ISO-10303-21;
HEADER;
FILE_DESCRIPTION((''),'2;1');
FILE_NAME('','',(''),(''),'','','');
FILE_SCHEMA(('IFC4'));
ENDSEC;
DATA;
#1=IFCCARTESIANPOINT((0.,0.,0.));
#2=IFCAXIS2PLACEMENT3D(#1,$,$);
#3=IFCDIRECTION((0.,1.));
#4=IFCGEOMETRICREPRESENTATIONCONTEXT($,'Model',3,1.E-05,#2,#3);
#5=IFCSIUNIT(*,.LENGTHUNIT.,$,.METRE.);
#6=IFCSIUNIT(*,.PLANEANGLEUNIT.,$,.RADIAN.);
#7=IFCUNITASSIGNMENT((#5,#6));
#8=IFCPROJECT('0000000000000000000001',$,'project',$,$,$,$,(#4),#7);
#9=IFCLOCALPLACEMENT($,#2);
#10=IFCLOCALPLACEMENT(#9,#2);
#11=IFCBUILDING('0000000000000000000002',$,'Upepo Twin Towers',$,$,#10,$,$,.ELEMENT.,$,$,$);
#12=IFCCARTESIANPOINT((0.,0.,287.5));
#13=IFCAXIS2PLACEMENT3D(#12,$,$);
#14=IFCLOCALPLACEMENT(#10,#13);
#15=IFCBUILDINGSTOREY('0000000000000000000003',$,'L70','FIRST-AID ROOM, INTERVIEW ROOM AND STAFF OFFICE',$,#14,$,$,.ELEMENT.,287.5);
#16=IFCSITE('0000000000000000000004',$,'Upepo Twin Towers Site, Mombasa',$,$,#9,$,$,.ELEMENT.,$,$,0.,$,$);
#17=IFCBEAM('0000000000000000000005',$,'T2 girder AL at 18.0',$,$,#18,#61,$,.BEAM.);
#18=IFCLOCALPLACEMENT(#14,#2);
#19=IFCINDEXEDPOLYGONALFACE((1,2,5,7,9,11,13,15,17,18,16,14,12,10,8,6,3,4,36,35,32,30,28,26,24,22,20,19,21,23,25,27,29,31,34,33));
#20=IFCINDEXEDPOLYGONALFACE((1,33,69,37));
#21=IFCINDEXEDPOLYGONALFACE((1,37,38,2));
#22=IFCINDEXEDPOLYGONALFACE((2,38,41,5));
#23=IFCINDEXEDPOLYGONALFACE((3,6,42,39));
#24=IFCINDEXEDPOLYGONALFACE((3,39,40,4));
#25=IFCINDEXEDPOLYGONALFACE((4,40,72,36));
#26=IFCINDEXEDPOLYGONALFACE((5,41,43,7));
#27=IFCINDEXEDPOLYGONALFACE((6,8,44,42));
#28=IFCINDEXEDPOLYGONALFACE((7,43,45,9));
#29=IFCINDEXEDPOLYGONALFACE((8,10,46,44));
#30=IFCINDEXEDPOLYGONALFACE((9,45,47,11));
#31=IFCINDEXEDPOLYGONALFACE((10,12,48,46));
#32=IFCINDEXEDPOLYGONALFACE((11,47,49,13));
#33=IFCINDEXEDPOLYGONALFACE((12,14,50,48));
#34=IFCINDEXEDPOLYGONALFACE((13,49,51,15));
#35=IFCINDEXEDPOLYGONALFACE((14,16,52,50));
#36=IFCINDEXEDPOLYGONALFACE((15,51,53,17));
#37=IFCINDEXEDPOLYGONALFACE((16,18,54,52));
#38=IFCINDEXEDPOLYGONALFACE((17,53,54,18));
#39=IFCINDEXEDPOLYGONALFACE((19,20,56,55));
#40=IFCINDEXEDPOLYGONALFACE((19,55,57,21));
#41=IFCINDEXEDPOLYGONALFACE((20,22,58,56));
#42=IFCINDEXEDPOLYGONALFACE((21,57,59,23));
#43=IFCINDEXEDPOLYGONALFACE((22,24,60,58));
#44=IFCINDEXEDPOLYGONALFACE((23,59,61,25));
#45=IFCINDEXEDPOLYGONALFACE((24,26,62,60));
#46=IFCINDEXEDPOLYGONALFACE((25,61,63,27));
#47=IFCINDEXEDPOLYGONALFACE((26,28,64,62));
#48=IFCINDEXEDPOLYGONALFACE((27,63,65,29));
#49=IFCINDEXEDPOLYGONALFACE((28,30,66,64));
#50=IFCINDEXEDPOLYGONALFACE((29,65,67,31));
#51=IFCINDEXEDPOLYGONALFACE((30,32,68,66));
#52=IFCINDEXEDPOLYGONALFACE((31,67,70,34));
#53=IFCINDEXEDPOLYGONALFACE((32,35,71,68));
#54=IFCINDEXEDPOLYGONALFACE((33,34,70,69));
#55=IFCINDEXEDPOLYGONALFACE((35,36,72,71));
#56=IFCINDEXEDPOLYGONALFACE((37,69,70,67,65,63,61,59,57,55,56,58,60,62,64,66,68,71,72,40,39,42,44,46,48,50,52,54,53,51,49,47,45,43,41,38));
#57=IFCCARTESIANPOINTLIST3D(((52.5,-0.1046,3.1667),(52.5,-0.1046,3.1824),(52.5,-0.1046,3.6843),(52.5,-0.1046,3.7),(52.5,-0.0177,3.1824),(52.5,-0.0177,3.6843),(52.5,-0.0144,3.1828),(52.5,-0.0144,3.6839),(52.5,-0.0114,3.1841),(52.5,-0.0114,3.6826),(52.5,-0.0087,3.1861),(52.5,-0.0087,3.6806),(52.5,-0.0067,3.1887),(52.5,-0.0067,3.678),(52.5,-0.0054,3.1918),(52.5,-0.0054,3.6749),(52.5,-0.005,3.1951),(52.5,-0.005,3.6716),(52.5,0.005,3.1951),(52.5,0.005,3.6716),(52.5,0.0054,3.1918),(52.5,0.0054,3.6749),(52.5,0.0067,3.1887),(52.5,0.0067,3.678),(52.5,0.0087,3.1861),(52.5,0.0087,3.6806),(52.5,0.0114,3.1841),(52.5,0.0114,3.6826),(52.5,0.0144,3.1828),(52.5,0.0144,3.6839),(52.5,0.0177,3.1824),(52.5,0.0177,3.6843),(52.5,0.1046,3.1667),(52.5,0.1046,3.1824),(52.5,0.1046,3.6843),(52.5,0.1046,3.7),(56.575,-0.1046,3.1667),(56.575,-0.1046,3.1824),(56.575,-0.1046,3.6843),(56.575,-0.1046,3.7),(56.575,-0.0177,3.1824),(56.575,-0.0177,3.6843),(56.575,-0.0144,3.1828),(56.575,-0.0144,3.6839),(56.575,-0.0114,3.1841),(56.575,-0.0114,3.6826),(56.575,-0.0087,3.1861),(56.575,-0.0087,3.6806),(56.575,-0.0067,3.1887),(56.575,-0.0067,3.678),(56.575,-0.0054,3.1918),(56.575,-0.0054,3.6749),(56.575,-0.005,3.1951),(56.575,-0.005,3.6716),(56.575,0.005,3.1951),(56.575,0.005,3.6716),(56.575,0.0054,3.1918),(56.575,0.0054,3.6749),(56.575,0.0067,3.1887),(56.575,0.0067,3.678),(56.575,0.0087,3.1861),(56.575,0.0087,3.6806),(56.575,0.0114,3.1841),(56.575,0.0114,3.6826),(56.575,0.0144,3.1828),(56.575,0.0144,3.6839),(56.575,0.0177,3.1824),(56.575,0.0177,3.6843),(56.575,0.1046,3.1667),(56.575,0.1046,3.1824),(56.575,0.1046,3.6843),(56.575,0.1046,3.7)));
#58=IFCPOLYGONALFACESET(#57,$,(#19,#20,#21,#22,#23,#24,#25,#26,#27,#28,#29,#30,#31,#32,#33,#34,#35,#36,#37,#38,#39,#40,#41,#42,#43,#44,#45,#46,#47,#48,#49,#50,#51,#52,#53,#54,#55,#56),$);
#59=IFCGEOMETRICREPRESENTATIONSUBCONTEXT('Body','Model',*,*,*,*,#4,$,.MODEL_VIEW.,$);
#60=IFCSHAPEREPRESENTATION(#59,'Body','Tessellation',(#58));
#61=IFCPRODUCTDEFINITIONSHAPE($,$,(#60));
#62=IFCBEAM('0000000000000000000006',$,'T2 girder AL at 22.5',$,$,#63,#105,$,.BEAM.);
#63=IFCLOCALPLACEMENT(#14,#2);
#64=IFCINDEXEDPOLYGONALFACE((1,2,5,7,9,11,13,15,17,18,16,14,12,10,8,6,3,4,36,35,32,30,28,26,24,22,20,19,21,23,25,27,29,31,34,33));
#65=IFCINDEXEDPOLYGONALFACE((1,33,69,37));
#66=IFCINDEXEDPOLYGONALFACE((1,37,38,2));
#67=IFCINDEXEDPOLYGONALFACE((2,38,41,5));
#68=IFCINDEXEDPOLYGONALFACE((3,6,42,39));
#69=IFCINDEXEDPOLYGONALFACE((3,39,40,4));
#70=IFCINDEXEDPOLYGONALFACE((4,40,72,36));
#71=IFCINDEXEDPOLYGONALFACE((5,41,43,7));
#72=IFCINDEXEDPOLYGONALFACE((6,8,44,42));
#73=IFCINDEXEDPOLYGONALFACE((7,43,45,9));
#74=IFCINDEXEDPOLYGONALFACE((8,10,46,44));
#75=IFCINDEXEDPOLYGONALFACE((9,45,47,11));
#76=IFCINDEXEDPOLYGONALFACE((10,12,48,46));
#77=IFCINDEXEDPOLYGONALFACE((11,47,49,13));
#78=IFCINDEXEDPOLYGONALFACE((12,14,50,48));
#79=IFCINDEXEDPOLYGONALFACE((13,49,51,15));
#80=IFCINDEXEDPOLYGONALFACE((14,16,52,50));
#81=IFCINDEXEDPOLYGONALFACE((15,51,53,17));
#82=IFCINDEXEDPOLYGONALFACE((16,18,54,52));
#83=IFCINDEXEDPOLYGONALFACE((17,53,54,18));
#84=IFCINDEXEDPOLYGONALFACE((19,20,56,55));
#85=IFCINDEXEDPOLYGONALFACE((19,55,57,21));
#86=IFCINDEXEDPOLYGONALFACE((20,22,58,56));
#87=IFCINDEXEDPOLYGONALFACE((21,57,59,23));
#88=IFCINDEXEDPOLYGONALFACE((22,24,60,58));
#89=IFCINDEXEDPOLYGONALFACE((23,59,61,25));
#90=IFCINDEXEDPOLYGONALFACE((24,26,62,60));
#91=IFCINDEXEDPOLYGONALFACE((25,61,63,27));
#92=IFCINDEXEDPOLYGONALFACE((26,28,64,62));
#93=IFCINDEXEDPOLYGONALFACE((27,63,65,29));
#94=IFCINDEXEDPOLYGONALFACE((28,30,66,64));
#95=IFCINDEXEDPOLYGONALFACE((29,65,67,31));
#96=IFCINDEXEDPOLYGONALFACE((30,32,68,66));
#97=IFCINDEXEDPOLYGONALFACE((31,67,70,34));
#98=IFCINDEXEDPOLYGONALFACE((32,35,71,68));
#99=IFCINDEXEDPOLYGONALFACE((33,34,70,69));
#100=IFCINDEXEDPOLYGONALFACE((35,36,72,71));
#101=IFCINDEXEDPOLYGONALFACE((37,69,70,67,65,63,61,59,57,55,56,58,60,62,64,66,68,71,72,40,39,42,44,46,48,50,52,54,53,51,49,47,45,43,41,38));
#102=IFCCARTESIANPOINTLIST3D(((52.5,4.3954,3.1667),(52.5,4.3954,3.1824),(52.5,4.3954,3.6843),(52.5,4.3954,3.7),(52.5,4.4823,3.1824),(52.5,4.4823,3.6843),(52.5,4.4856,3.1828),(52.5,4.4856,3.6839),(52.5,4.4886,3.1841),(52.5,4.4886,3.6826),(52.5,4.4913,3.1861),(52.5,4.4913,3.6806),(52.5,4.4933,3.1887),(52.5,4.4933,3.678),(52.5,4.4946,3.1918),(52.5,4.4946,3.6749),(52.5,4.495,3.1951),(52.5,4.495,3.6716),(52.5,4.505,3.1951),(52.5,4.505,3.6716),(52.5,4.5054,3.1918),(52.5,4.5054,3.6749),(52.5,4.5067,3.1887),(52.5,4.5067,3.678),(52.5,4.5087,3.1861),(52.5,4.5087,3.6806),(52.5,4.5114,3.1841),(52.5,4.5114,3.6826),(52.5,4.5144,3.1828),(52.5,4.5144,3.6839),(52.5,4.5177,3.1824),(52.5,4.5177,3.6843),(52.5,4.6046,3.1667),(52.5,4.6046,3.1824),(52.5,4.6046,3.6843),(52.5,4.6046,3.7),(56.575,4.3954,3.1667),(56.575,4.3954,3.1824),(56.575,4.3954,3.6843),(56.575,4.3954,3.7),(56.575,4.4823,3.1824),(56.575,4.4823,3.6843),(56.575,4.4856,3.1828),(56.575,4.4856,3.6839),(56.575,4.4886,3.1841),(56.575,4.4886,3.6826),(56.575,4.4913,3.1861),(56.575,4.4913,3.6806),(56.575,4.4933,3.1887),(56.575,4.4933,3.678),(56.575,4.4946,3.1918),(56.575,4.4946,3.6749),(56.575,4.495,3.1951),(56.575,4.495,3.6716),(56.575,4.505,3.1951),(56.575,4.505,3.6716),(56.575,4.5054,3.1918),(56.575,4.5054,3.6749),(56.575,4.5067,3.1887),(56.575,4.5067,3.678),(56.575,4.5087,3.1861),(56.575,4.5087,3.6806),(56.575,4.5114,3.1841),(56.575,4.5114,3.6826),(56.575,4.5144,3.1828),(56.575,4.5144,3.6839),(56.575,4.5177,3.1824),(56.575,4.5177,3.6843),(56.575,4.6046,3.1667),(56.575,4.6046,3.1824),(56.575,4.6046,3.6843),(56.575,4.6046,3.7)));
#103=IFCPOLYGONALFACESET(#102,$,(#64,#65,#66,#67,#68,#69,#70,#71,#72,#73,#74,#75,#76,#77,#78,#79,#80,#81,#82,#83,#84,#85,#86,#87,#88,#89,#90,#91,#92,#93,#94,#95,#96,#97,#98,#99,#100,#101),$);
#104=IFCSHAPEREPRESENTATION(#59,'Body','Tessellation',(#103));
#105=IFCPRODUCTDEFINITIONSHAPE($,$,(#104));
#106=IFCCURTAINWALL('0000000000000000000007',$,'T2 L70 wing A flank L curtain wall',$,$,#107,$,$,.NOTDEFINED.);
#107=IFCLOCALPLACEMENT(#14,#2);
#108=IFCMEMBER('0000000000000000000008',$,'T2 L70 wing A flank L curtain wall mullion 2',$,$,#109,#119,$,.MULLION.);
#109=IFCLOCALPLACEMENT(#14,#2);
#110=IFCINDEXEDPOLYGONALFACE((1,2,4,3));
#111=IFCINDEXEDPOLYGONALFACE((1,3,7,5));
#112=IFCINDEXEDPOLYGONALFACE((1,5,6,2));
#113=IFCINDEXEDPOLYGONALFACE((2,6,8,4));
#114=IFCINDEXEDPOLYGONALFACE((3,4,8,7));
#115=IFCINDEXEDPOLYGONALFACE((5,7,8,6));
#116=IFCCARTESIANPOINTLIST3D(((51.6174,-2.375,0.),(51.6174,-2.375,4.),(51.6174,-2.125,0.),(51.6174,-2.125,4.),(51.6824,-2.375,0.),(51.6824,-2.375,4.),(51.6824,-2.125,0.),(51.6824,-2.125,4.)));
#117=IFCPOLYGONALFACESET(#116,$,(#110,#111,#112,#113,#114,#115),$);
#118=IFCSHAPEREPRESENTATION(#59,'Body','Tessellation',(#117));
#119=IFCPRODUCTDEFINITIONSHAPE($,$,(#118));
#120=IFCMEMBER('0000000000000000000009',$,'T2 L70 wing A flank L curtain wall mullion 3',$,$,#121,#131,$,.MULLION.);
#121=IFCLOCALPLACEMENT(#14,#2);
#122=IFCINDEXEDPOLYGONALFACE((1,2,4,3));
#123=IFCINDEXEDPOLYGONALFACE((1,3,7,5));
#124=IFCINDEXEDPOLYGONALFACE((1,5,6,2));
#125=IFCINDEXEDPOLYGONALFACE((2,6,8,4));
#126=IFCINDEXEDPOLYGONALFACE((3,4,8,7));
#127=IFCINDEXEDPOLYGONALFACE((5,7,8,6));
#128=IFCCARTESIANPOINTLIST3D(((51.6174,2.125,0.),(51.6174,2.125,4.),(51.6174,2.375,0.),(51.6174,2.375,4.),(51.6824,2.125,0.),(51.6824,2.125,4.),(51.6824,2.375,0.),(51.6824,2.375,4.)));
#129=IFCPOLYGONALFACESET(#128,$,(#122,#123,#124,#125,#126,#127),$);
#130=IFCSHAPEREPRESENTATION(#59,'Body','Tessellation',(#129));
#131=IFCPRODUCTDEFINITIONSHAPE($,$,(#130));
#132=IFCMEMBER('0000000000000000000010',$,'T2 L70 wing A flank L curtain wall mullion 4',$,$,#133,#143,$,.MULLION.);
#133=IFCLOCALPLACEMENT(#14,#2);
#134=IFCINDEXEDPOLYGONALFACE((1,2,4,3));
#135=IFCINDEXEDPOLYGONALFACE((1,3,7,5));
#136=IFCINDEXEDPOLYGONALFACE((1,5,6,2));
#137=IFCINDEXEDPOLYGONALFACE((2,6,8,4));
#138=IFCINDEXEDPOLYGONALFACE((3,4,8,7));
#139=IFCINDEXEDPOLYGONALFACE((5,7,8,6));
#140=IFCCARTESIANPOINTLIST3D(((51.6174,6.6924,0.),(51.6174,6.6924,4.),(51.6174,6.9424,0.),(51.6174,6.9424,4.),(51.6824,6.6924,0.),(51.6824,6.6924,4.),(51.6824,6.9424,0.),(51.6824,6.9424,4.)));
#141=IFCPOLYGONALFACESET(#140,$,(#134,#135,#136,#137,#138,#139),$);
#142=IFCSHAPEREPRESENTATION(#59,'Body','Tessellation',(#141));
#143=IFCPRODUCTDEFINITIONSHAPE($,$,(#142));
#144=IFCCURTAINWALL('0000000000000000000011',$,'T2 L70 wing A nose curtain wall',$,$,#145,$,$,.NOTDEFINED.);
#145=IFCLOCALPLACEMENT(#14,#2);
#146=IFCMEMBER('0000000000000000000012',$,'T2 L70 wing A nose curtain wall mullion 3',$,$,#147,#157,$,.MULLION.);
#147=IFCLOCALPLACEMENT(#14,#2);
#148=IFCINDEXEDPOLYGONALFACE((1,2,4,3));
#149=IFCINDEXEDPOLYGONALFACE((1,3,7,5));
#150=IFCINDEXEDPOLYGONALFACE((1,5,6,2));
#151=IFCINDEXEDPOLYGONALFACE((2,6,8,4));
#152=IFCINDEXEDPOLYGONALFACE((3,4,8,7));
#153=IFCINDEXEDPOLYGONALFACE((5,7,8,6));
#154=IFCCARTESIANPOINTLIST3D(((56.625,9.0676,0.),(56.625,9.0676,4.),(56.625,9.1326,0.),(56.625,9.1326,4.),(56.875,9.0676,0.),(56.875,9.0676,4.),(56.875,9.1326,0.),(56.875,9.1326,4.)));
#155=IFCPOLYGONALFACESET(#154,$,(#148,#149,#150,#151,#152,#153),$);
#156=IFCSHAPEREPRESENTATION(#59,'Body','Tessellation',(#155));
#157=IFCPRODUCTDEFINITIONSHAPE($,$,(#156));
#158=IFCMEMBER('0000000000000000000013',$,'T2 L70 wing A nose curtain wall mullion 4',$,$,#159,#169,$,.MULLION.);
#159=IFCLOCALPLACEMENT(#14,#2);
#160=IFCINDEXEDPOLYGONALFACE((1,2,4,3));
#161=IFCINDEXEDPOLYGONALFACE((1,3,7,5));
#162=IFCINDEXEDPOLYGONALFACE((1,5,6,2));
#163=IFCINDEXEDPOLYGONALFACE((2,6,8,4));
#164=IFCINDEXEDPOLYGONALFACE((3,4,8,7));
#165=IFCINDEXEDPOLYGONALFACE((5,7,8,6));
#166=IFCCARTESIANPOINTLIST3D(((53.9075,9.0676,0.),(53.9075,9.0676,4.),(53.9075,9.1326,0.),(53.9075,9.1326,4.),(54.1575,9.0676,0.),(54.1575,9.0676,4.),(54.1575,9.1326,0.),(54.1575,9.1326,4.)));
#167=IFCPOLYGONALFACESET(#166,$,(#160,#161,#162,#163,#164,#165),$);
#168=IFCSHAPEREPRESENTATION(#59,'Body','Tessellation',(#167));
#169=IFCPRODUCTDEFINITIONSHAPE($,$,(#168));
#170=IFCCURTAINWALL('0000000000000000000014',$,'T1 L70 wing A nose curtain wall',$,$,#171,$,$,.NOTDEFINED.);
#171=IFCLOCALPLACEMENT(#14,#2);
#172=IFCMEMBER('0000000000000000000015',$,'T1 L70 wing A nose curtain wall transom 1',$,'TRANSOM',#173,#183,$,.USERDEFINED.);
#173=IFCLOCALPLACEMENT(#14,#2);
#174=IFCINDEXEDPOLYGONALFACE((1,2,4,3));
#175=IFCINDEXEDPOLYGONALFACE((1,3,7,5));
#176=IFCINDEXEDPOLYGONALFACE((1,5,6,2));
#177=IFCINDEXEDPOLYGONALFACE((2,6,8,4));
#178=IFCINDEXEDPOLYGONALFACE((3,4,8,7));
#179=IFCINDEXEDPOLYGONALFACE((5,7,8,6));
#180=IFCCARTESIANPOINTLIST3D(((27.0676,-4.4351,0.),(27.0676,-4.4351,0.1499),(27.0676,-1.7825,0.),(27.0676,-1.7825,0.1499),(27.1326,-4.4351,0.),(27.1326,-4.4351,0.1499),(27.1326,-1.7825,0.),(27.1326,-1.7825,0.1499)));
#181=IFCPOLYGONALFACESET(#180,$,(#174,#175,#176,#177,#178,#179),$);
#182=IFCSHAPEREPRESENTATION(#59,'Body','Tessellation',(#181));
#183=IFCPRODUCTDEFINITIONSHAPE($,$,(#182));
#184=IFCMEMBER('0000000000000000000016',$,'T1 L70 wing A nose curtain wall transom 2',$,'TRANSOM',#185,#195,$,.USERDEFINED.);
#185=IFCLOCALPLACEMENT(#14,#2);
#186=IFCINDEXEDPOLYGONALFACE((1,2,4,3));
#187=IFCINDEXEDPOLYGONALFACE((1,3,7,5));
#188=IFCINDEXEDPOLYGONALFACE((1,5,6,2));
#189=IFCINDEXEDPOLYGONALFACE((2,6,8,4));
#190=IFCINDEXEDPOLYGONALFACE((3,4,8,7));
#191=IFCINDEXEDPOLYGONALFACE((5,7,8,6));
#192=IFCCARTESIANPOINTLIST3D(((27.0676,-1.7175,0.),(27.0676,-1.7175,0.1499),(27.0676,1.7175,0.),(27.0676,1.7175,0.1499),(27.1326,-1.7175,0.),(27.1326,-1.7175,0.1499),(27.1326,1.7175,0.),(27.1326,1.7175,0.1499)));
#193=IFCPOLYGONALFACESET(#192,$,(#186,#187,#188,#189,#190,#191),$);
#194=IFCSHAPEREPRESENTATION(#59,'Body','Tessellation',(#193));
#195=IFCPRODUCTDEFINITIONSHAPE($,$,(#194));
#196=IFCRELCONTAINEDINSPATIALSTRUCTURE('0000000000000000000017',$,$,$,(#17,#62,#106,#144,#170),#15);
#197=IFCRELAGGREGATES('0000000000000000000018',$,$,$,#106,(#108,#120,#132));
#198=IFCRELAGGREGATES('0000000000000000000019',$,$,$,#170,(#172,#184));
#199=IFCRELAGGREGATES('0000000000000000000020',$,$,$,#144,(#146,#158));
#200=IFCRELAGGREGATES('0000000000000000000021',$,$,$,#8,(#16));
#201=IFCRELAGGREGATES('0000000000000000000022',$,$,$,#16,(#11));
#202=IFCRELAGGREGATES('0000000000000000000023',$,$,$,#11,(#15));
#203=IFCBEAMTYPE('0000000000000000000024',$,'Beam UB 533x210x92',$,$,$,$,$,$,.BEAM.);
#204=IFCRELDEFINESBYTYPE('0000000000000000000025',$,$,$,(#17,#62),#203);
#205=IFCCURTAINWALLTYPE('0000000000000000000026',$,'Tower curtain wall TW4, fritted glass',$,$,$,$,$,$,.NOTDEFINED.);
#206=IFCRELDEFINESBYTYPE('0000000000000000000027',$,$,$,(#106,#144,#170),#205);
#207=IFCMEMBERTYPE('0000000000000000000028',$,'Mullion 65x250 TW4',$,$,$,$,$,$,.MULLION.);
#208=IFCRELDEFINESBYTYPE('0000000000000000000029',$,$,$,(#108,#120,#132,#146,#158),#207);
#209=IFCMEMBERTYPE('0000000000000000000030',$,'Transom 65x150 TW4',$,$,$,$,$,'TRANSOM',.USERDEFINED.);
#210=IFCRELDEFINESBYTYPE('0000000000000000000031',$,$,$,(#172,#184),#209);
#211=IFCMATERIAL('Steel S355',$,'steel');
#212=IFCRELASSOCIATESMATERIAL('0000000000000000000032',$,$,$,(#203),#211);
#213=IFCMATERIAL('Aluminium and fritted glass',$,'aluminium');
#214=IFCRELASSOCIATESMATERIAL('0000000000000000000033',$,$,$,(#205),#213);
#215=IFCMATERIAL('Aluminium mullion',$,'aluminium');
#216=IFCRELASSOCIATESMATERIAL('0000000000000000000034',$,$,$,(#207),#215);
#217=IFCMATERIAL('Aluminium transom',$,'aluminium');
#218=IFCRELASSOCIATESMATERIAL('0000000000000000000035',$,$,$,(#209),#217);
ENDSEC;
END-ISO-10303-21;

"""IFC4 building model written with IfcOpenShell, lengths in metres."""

from ifc_helpers import new_model, si_unit, direction, frame, origin, origin_2d, place, context, subcontext, project, spatial, rectangle, i_section, extrude, material, material_profile, profile_set, type_object, element, aggregate, save


model = new_model("IFC4")

# Units and contexts
model_context = context("Model", 3, precision=1e-05, world=origin(), true_north=direction((0.0, 1.0)))
body_context = subcontext(model_context, "Body", "Model", "MODEL_VIEW")
ifc_project = project(units=[si_unit("LENGTHUNIT", "METRE"), si_unit("PLANEANGLEUNIT", "RADIAN")], contexts=[model_context])

# Site, building, storey
site_placement = place(None, origin())
site = spatial("IfcSite", under=ifc_project, at=site_placement, Name="Upepo Twin Towers Site, Mombasa", CompositionType="ELEMENT", RefElevation=0.0)
building_placement = place(site_placement, origin())
building = spatial("IfcBuilding", under=site, at=building_placement, Name="Upepo Twin Towers", CompositionType="ELEMENT")
storey_placement = place(building_placement, frame((0.0, 0.0, 287.5)))
storey = spatial("IfcBuildingStorey", under=building, at=storey_placement, Name="L70", Description="FIRST-AID ROOM, INTERVIEW ROOM AND STAFF OFFICE", CompositionType="ELEMENT", Elevation=287.5)

# Beams
ifc_material_1 = material(Name="Steel S355", Category="steel")
ifc_material_profile_1 = material_profile(ifc_material_1, i_section(OverallWidth=0.2092, OverallDepth=0.5332, WebThickness=0.01, FlangeThickness=0.0156, FilletRadius=0.0127, at=origin_2d()), Name="UB 533x210x92")
ifc_profile_set_1 = profile_set([ifc_material_profile_1], Name="Steel S355")
beam_type_1 = type_object("IfcBeamType", Name="Beam UB 533x210x92", PredefinedType="BEAM", material=ifc_profile_set_1)
for number, where, z_axis, x_axis, name in (
    (1, (52.5, 0.0, 3.4333), (1.0, 0.0, 0.0), (0.0, 1.0, 0.0), "T2 girder AL at 18.0"),
    (2, (52.5, 4.5, 3.4333), (1.0, 0.0, 0.0), (0.0, 1.0, 0.0), "T2 girder AL at 22.5"),
):
    element("IfcBeam", number, at=place(storey_placement, frame(where, z_axis=z_axis, x_axis=x_axis)), inside=storey, type_object=beam_type_1, Name=name, PredefinedType="BEAM", context=body_context, shape_type="SweptSolid", body=[
        extrude(i_section(OverallWidth=0.2092, OverallDepth=0.5332, WebThickness=0.01, FlangeThickness=0.0156, FilletRadius=0.0127, at=origin_2d()), origin(), (0.0, 0.0, 1.0), 4.075),
    ])

# Curtain walls, members
ifc_material_2 = material(Name="Aluminium and fritted glass", Category="aluminium")
curtain_wall_type = type_object("IfcCurtainWallType", Name="Tower curtain wall TW4, fritted glass", PredefinedType="NOTDEFINED", material=ifc_material_2)
curtain_wall_1_placement = place(storey_placement, origin())
curtain_wall_1 = element("IfcCurtainWall", 3, at=curtain_wall_1_placement, inside=storey, type_object=curtain_wall_type, Name="T2 L70 wing A flank L curtain wall", PredefinedType="NOTDEFINED")
ifc_material_3 = material(Name="Aluminium mullion", Category="aluminium")
ifc_material_profile_2 = material_profile(ifc_material_3, rectangle(XDim=0.0649, YDim=0.25, at=origin_2d()), Name="MULLION 65x250")
ifc_profile_set_2 = profile_set([ifc_material_profile_2], Name="Aluminium mullion")
member_type_1 = type_object("IfcMemberType", Name="Mullion 65x250 TW4", PredefinedType="MULLION", material=ifc_profile_set_2)
member_1_placement = place(storey_placement, frame((51.6499, -2.25, 0.0), z_axis=(0.0, 0.0, 1.0), x_axis=(-1.0, 0.0, 0.0)))
member_1 = element("IfcMember", 4, at=member_1_placement, type_object=member_type_1, Name="T2 L70 wing A flank L curtain wall mullion 2", PredefinedType="MULLION", context=body_context, shape_type="SweptSolid", body=[
    extrude(rectangle(XDim=0.0649, YDim=0.25, at=origin_2d()), origin(), (0.0, 0.0, 1.0), 4.0),
])
member_2_placement = place(storey_placement, frame((51.6499, 2.25, 0.0), z_axis=(0.0, 0.0, 1.0), x_axis=(-1.0, 0.0, 0.0)))
member_2 = element("IfcMember", 5, at=member_2_placement, type_object=member_type_1, Name="T2 L70 wing A flank L curtain wall mullion 3", PredefinedType="MULLION", context=body_context, shape_type="SweptSolid", body=[
    extrude(rectangle(XDim=0.0649, YDim=0.25, at=origin_2d()), origin(), (0.0, 0.0, 1.0), 4.0),
])
member_3_placement = place(storey_placement, frame((51.6499, 6.8174, 0.0), z_axis=(0.0, 0.0, 1.0), x_axis=(-1.0, 0.0, 0.0)))
member_3 = element("IfcMember", 6, at=member_3_placement, type_object=member_type_1, Name="T2 L70 wing A flank L curtain wall mullion 4", PredefinedType="MULLION", context=body_context, shape_type="SweptSolid", body=[
    extrude(rectangle(XDim=0.0649, YDim=0.25, at=origin_2d()), origin(), (0.0, 0.0, 1.0), 4.0),
])
curtain_wall_2_placement = place(storey_placement, origin())
curtain_wall_2 = element("IfcCurtainWall", 7, at=curtain_wall_2_placement, inside=storey, type_object=curtain_wall_type, Name="T2 L70 wing A nose curtain wall", PredefinedType="NOTDEFINED")
member_4_placement = place(storey_placement, frame((56.75, 9.1001, 0.0), z_axis=(0.0, 0.0, 1.0), x_axis=(0.0, -1.0, 0.0)))
member_4 = element("IfcMember", 8, at=member_4_placement, type_object=member_type_1, Name="T2 L70 wing A nose curtain wall mullion 3", PredefinedType="MULLION", context=body_context, shape_type="SweptSolid", body=[
    extrude(rectangle(XDim=0.0649, YDim=0.25, at=origin_2d()), origin(), (0.0, 0.0, 1.0), 4.0),
])
member_5_placement = place(storey_placement, frame((54.0325, 9.1001, 0.0), z_axis=(0.0, 0.0, 1.0), x_axis=(0.0, -1.0, 0.0)))
member_5 = element("IfcMember", 9, at=member_5_placement, type_object=member_type_1, Name="T2 L70 wing A nose curtain wall mullion 4", PredefinedType="MULLION", context=body_context, shape_type="SweptSolid", body=[
    extrude(rectangle(XDim=0.0649, YDim=0.25, at=origin_2d()), origin(), (0.0, 0.0, 1.0), 4.0),
])
curtain_wall_3_placement = place(storey_placement, origin())
curtain_wall_3 = element("IfcCurtainWall", 10, at=curtain_wall_3_placement, inside=storey, type_object=curtain_wall_type, Name="T1 L70 wing A nose curtain wall", PredefinedType="NOTDEFINED")
ifc_material_4 = material(Name="Aluminium transom", Category="aluminium")
ifc_material_profile_3 = material_profile(ifc_material_4, rectangle(XDim=0.0649, YDim=0.1499, at=origin_2d()), Name="TRANSOM 65x150")
ifc_profile_set_3 = profile_set([ifc_material_profile_3], Name="Aluminium transom")
member_type_2 = type_object("IfcMemberType", Name="Transom 65x150 TW4", ElementType="TRANSOM", PredefinedType="USERDEFINED", material=ifc_profile_set_3)
member_6_placement = place(storey_placement, frame((27.1001, -4.4351, 0.075), z_axis=(0.0, 1.0, 0.0), x_axis=(-1.0, 0.0, 0.0)))
member_6 = element("IfcMember", 11, at=member_6_placement, type_object=member_type_2, Name="T1 L70 wing A nose curtain wall transom 1", ObjectType="TRANSOM", PredefinedType="USERDEFINED", context=body_context, shape_type="SweptSolid", body=[
    extrude(rectangle(XDim=0.0649, YDim=0.1499, at=origin_2d()), origin(), (0.0, 0.0, 1.0), 2.6526),
])
member_7_placement = place(storey_placement, frame((27.1001, -1.7175, 0.075), z_axis=(0.0, 1.0, 0.0), x_axis=(-1.0, 0.0, 0.0)))
member_7 = element("IfcMember", 12, at=member_7_placement, type_object=member_type_2, Name="T1 L70 wing A nose curtain wall transom 2", ObjectType="TRANSOM", PredefinedType="USERDEFINED", context=body_context, shape_type="SweptSolid", body=[
    extrude(rectangle(XDim=0.0649, YDim=0.1499, at=origin_2d()), origin(), (0.0, 0.0, 1.0), 3.4351),
])

aggregate(curtain_wall_1, [member_1, member_2, member_3])
aggregate(curtain_wall_3, [member_6, member_7])
aggregate(curtain_wall_2, [member_4, member_5])

save(model, "model.ifc")
